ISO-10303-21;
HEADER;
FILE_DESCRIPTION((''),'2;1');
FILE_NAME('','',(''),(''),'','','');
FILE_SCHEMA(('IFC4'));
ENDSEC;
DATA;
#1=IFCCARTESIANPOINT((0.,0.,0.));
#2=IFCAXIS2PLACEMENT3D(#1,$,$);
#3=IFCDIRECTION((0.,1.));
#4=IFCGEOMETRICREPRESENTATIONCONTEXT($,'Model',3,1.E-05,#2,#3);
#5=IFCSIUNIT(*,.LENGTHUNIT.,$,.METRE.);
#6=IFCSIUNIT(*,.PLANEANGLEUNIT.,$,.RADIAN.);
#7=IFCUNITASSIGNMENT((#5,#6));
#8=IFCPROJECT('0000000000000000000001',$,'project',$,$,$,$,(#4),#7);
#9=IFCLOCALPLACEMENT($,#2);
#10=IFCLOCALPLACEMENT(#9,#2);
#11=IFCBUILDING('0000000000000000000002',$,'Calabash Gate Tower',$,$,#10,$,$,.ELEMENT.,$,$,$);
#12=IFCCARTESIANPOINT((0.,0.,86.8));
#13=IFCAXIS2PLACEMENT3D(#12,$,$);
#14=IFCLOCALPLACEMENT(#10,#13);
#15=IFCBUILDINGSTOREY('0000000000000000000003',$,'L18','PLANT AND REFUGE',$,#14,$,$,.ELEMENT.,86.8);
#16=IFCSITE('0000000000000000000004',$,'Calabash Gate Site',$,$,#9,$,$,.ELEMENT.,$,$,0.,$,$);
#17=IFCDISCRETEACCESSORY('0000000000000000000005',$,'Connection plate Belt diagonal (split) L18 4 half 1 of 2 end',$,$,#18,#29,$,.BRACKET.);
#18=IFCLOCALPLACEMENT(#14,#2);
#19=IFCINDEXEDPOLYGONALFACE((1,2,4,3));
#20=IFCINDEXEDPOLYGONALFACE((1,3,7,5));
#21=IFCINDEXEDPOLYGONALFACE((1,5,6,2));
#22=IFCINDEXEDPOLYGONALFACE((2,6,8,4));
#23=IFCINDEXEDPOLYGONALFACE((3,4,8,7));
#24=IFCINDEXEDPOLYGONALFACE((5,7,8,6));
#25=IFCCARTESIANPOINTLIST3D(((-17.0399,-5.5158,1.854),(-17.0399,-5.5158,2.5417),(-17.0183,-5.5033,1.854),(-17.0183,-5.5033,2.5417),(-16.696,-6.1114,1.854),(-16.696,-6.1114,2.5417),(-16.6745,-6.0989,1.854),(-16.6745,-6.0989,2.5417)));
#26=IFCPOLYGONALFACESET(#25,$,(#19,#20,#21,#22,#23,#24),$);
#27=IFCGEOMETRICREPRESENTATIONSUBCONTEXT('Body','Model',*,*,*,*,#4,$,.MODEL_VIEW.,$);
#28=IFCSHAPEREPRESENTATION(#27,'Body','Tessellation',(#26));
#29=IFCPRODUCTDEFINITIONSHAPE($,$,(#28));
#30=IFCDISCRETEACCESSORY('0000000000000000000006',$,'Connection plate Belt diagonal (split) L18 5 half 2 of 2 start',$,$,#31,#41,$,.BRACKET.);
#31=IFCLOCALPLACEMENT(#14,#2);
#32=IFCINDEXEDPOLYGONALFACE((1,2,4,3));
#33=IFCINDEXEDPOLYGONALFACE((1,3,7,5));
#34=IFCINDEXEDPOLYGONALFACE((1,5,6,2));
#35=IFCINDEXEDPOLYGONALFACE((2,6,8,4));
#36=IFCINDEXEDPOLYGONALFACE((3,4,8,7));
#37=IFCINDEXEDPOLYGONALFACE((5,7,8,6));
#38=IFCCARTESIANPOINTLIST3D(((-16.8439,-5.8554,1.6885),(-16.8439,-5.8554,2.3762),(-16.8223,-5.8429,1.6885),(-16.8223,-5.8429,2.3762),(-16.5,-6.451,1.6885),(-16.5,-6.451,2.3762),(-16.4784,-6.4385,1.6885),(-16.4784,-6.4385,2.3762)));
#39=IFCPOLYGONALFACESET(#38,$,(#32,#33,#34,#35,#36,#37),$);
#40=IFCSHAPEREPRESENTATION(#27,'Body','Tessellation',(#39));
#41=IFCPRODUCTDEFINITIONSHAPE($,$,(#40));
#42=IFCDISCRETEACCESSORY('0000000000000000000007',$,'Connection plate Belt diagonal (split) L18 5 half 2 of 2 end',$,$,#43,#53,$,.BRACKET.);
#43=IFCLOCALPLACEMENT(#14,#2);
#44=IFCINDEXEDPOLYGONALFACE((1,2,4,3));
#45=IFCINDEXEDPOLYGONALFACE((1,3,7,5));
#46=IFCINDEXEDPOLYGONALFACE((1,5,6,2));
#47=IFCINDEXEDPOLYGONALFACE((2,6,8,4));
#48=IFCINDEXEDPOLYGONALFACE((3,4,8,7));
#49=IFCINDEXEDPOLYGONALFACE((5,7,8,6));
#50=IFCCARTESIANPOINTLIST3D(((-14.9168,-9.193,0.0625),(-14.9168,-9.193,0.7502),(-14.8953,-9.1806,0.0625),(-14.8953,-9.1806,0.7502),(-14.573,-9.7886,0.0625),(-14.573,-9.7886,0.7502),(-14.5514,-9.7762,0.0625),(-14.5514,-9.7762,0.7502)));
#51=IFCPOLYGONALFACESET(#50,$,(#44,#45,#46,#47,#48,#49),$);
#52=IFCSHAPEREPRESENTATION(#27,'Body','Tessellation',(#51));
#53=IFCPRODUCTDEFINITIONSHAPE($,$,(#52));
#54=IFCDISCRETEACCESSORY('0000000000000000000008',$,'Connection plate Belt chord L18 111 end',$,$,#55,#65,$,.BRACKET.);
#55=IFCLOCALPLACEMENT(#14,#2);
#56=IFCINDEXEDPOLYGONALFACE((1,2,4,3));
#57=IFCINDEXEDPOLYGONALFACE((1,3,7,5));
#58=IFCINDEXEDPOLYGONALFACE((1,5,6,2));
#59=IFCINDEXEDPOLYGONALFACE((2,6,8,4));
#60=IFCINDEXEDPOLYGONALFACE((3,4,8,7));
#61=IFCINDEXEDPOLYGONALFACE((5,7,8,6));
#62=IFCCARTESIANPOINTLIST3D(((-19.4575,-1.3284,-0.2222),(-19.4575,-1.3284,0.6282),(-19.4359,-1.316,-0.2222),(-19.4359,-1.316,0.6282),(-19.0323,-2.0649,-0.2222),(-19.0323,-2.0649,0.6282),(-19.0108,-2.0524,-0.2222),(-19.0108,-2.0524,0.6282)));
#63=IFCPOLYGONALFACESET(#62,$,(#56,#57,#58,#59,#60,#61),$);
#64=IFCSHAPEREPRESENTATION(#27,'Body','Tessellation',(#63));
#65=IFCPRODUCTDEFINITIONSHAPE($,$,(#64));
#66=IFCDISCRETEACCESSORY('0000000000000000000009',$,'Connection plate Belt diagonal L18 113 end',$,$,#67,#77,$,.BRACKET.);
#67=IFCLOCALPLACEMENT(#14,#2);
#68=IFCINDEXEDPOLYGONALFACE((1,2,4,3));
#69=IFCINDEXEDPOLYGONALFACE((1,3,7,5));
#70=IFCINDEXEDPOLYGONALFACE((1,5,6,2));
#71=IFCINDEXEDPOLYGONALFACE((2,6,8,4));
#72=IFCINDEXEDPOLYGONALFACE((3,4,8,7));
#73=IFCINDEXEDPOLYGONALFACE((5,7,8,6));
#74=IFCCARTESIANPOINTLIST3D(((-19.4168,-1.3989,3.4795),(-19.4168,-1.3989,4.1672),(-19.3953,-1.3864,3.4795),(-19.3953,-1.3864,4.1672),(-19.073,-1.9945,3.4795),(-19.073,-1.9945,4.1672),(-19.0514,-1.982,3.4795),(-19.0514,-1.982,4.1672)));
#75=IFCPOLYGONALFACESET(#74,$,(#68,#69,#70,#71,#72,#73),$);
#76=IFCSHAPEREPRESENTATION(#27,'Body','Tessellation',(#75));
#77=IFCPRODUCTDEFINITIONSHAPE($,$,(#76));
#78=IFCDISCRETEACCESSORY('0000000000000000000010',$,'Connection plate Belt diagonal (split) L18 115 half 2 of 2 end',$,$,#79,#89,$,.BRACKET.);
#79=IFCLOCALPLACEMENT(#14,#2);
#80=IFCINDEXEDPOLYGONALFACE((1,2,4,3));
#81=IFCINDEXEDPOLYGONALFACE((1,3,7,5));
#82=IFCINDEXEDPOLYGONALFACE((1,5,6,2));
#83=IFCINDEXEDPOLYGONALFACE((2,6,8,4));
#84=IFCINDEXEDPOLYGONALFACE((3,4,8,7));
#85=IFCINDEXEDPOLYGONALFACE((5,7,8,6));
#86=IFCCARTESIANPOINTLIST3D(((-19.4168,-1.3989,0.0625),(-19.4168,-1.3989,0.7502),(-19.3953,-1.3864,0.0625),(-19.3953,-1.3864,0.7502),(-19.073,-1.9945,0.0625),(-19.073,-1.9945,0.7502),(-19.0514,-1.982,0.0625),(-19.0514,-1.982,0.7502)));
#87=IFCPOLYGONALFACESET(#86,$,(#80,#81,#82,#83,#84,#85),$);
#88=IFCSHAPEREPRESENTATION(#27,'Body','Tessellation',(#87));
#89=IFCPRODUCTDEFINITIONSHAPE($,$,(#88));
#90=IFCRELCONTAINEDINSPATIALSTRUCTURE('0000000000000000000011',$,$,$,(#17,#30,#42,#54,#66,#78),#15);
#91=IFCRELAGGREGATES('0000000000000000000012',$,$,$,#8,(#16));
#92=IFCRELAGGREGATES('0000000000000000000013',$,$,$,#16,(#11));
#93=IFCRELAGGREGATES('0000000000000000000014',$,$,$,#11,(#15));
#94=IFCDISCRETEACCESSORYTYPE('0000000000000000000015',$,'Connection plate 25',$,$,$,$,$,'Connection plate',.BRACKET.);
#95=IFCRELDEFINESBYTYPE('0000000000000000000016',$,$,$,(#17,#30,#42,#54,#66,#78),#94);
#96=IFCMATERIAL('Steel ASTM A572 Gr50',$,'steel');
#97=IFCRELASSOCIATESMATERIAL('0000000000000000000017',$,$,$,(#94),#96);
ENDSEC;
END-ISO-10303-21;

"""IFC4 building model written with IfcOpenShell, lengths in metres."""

from ifc_helpers import new_model, si_unit, direction, frame, origin, origin_2d, place, context, subcontext, project, spatial, rectangle, extrude, material, type_object, element, save


model = new_model("IFC4")

# Units and contexts
model_context = context("Model", 3, precision=1e-05, world=origin(), true_north=direction((0.0, 1.0)))
body_context = subcontext(model_context, "Body", "Model", "MODEL_VIEW")
ifc_project = project(units=[si_unit("LENGTHUNIT", "METRE"), si_unit("PLANEANGLEUNIT", "RADIAN")], contexts=[model_context])

# Site, building, storey
site_placement = place(None, origin())
site = spatial("IfcSite", under=ifc_project, at=site_placement, Name="Calabash Gate Site", CompositionType="ELEMENT", RefElevation=0.0)
building_placement = place(site_placement, origin())
building = spatial("IfcBuilding", under=site, at=building_placement, Name="Calabash Gate Tower", CompositionType="ELEMENT")
storey_placement = place(building_placement, frame((0.0, 0.0, 86.8)))
storey = spatial("IfcBuildingStorey", under=building, at=storey_placement, Name="L18", Description="PLANT AND REFUGE", CompositionType="ELEMENT", Elevation=86.8)

# Discrete accessories
ifc_material_1 = material(Name="Steel ASTM A572 Gr50", Category="steel")
discrete_accessory_type = type_object("IfcDiscreteAccessoryType", Name="Connection plate 25", ElementType="Connection plate", PredefinedType="BRACKET", material=ifc_material_1)
for number, where, z_axis, x_axis, name in (
    (1, (-16.8572, -5.8074, 1.854), (0.0, 0.0, 1.0), (0.5, -0.866025, 0.0), "Connection plate Belt diagonal (split) L18 4 half 1 of 2 end"),
    (2, (-16.6611, -6.147, 1.6885), (0.0, 0.0, 1.0), (0.5, -0.866025, 0.0), "Connection plate Belt diagonal (split) L18 5 half 2 of 2 start"),
    (3, (-14.7341, -9.4846, 0.0625), (0.0, 0.0, 1.0), (0.5, -0.866025, 0.0), "Connection plate Belt diagonal (split) L18 5 half 2 of 2 end"),
):
    element("IfcDiscreteAccessory", number, at=place(storey_placement, frame(where, z_axis=z_axis, x_axis=x_axis)), inside=storey, type_object=discrete_accessory_type, Name=name, PredefinedType="BRACKET", context=body_context, shape_type="SweptSolid", body=[
        extrude(rectangle(XDim=0.6877, YDim=0.0249, at=origin_2d()), origin(), (0.0, 0.0, 1.0), 0.6877),
    ])
discrete_accessory_placement = place(storey_placement, frame((-19.2341, -1.6904, -0.2222), z_axis=(0.0, 0.0, 1.0), x_axis=(0.5, -0.866025, 0.0)))
element("IfcDiscreteAccessory", 4, at=discrete_accessory_placement, inside=storey, type_object=discrete_accessory_type, Name="Connection plate Belt chord L18 111 end", PredefinedType="BRACKET", context=body_context, shape_type="SweptSolid", body=[
    extrude(rectangle(XDim=0.8503, YDim=0.0249, at=origin_2d()), origin(), (0.0, 0.0, 1.0), 0.8503),
])
for number, where, z_axis, x_axis, name in (
    (5, (-19.2341, -1.6904, 3.4795), (0.0, 0.0, 1.0), (0.5, -0.866025, 0.0), "Connection plate Belt diagonal L18 113 end"),
    (6, (-19.2341, -1.6904, 0.0625), (0.0, 0.0, 1.0), (0.5, -0.866025, 0.0), "Connection plate Belt diagonal (split) L18 115 half 2 of 2 end"),
):
    element("IfcDiscreteAccessory", number, at=place(storey_placement, frame(where, z_axis=z_axis, x_axis=x_axis)), inside=storey, type_object=discrete_accessory_type, Name=name, PredefinedType="BRACKET", context=body_context, shape_type="SweptSolid", body=[
        extrude(rectangle(XDim=0.6877, YDim=0.0249, at=origin_2d()), origin(), (0.0, 0.0, 1.0), 0.6877),
    ])

save(model, "model.ifc")
